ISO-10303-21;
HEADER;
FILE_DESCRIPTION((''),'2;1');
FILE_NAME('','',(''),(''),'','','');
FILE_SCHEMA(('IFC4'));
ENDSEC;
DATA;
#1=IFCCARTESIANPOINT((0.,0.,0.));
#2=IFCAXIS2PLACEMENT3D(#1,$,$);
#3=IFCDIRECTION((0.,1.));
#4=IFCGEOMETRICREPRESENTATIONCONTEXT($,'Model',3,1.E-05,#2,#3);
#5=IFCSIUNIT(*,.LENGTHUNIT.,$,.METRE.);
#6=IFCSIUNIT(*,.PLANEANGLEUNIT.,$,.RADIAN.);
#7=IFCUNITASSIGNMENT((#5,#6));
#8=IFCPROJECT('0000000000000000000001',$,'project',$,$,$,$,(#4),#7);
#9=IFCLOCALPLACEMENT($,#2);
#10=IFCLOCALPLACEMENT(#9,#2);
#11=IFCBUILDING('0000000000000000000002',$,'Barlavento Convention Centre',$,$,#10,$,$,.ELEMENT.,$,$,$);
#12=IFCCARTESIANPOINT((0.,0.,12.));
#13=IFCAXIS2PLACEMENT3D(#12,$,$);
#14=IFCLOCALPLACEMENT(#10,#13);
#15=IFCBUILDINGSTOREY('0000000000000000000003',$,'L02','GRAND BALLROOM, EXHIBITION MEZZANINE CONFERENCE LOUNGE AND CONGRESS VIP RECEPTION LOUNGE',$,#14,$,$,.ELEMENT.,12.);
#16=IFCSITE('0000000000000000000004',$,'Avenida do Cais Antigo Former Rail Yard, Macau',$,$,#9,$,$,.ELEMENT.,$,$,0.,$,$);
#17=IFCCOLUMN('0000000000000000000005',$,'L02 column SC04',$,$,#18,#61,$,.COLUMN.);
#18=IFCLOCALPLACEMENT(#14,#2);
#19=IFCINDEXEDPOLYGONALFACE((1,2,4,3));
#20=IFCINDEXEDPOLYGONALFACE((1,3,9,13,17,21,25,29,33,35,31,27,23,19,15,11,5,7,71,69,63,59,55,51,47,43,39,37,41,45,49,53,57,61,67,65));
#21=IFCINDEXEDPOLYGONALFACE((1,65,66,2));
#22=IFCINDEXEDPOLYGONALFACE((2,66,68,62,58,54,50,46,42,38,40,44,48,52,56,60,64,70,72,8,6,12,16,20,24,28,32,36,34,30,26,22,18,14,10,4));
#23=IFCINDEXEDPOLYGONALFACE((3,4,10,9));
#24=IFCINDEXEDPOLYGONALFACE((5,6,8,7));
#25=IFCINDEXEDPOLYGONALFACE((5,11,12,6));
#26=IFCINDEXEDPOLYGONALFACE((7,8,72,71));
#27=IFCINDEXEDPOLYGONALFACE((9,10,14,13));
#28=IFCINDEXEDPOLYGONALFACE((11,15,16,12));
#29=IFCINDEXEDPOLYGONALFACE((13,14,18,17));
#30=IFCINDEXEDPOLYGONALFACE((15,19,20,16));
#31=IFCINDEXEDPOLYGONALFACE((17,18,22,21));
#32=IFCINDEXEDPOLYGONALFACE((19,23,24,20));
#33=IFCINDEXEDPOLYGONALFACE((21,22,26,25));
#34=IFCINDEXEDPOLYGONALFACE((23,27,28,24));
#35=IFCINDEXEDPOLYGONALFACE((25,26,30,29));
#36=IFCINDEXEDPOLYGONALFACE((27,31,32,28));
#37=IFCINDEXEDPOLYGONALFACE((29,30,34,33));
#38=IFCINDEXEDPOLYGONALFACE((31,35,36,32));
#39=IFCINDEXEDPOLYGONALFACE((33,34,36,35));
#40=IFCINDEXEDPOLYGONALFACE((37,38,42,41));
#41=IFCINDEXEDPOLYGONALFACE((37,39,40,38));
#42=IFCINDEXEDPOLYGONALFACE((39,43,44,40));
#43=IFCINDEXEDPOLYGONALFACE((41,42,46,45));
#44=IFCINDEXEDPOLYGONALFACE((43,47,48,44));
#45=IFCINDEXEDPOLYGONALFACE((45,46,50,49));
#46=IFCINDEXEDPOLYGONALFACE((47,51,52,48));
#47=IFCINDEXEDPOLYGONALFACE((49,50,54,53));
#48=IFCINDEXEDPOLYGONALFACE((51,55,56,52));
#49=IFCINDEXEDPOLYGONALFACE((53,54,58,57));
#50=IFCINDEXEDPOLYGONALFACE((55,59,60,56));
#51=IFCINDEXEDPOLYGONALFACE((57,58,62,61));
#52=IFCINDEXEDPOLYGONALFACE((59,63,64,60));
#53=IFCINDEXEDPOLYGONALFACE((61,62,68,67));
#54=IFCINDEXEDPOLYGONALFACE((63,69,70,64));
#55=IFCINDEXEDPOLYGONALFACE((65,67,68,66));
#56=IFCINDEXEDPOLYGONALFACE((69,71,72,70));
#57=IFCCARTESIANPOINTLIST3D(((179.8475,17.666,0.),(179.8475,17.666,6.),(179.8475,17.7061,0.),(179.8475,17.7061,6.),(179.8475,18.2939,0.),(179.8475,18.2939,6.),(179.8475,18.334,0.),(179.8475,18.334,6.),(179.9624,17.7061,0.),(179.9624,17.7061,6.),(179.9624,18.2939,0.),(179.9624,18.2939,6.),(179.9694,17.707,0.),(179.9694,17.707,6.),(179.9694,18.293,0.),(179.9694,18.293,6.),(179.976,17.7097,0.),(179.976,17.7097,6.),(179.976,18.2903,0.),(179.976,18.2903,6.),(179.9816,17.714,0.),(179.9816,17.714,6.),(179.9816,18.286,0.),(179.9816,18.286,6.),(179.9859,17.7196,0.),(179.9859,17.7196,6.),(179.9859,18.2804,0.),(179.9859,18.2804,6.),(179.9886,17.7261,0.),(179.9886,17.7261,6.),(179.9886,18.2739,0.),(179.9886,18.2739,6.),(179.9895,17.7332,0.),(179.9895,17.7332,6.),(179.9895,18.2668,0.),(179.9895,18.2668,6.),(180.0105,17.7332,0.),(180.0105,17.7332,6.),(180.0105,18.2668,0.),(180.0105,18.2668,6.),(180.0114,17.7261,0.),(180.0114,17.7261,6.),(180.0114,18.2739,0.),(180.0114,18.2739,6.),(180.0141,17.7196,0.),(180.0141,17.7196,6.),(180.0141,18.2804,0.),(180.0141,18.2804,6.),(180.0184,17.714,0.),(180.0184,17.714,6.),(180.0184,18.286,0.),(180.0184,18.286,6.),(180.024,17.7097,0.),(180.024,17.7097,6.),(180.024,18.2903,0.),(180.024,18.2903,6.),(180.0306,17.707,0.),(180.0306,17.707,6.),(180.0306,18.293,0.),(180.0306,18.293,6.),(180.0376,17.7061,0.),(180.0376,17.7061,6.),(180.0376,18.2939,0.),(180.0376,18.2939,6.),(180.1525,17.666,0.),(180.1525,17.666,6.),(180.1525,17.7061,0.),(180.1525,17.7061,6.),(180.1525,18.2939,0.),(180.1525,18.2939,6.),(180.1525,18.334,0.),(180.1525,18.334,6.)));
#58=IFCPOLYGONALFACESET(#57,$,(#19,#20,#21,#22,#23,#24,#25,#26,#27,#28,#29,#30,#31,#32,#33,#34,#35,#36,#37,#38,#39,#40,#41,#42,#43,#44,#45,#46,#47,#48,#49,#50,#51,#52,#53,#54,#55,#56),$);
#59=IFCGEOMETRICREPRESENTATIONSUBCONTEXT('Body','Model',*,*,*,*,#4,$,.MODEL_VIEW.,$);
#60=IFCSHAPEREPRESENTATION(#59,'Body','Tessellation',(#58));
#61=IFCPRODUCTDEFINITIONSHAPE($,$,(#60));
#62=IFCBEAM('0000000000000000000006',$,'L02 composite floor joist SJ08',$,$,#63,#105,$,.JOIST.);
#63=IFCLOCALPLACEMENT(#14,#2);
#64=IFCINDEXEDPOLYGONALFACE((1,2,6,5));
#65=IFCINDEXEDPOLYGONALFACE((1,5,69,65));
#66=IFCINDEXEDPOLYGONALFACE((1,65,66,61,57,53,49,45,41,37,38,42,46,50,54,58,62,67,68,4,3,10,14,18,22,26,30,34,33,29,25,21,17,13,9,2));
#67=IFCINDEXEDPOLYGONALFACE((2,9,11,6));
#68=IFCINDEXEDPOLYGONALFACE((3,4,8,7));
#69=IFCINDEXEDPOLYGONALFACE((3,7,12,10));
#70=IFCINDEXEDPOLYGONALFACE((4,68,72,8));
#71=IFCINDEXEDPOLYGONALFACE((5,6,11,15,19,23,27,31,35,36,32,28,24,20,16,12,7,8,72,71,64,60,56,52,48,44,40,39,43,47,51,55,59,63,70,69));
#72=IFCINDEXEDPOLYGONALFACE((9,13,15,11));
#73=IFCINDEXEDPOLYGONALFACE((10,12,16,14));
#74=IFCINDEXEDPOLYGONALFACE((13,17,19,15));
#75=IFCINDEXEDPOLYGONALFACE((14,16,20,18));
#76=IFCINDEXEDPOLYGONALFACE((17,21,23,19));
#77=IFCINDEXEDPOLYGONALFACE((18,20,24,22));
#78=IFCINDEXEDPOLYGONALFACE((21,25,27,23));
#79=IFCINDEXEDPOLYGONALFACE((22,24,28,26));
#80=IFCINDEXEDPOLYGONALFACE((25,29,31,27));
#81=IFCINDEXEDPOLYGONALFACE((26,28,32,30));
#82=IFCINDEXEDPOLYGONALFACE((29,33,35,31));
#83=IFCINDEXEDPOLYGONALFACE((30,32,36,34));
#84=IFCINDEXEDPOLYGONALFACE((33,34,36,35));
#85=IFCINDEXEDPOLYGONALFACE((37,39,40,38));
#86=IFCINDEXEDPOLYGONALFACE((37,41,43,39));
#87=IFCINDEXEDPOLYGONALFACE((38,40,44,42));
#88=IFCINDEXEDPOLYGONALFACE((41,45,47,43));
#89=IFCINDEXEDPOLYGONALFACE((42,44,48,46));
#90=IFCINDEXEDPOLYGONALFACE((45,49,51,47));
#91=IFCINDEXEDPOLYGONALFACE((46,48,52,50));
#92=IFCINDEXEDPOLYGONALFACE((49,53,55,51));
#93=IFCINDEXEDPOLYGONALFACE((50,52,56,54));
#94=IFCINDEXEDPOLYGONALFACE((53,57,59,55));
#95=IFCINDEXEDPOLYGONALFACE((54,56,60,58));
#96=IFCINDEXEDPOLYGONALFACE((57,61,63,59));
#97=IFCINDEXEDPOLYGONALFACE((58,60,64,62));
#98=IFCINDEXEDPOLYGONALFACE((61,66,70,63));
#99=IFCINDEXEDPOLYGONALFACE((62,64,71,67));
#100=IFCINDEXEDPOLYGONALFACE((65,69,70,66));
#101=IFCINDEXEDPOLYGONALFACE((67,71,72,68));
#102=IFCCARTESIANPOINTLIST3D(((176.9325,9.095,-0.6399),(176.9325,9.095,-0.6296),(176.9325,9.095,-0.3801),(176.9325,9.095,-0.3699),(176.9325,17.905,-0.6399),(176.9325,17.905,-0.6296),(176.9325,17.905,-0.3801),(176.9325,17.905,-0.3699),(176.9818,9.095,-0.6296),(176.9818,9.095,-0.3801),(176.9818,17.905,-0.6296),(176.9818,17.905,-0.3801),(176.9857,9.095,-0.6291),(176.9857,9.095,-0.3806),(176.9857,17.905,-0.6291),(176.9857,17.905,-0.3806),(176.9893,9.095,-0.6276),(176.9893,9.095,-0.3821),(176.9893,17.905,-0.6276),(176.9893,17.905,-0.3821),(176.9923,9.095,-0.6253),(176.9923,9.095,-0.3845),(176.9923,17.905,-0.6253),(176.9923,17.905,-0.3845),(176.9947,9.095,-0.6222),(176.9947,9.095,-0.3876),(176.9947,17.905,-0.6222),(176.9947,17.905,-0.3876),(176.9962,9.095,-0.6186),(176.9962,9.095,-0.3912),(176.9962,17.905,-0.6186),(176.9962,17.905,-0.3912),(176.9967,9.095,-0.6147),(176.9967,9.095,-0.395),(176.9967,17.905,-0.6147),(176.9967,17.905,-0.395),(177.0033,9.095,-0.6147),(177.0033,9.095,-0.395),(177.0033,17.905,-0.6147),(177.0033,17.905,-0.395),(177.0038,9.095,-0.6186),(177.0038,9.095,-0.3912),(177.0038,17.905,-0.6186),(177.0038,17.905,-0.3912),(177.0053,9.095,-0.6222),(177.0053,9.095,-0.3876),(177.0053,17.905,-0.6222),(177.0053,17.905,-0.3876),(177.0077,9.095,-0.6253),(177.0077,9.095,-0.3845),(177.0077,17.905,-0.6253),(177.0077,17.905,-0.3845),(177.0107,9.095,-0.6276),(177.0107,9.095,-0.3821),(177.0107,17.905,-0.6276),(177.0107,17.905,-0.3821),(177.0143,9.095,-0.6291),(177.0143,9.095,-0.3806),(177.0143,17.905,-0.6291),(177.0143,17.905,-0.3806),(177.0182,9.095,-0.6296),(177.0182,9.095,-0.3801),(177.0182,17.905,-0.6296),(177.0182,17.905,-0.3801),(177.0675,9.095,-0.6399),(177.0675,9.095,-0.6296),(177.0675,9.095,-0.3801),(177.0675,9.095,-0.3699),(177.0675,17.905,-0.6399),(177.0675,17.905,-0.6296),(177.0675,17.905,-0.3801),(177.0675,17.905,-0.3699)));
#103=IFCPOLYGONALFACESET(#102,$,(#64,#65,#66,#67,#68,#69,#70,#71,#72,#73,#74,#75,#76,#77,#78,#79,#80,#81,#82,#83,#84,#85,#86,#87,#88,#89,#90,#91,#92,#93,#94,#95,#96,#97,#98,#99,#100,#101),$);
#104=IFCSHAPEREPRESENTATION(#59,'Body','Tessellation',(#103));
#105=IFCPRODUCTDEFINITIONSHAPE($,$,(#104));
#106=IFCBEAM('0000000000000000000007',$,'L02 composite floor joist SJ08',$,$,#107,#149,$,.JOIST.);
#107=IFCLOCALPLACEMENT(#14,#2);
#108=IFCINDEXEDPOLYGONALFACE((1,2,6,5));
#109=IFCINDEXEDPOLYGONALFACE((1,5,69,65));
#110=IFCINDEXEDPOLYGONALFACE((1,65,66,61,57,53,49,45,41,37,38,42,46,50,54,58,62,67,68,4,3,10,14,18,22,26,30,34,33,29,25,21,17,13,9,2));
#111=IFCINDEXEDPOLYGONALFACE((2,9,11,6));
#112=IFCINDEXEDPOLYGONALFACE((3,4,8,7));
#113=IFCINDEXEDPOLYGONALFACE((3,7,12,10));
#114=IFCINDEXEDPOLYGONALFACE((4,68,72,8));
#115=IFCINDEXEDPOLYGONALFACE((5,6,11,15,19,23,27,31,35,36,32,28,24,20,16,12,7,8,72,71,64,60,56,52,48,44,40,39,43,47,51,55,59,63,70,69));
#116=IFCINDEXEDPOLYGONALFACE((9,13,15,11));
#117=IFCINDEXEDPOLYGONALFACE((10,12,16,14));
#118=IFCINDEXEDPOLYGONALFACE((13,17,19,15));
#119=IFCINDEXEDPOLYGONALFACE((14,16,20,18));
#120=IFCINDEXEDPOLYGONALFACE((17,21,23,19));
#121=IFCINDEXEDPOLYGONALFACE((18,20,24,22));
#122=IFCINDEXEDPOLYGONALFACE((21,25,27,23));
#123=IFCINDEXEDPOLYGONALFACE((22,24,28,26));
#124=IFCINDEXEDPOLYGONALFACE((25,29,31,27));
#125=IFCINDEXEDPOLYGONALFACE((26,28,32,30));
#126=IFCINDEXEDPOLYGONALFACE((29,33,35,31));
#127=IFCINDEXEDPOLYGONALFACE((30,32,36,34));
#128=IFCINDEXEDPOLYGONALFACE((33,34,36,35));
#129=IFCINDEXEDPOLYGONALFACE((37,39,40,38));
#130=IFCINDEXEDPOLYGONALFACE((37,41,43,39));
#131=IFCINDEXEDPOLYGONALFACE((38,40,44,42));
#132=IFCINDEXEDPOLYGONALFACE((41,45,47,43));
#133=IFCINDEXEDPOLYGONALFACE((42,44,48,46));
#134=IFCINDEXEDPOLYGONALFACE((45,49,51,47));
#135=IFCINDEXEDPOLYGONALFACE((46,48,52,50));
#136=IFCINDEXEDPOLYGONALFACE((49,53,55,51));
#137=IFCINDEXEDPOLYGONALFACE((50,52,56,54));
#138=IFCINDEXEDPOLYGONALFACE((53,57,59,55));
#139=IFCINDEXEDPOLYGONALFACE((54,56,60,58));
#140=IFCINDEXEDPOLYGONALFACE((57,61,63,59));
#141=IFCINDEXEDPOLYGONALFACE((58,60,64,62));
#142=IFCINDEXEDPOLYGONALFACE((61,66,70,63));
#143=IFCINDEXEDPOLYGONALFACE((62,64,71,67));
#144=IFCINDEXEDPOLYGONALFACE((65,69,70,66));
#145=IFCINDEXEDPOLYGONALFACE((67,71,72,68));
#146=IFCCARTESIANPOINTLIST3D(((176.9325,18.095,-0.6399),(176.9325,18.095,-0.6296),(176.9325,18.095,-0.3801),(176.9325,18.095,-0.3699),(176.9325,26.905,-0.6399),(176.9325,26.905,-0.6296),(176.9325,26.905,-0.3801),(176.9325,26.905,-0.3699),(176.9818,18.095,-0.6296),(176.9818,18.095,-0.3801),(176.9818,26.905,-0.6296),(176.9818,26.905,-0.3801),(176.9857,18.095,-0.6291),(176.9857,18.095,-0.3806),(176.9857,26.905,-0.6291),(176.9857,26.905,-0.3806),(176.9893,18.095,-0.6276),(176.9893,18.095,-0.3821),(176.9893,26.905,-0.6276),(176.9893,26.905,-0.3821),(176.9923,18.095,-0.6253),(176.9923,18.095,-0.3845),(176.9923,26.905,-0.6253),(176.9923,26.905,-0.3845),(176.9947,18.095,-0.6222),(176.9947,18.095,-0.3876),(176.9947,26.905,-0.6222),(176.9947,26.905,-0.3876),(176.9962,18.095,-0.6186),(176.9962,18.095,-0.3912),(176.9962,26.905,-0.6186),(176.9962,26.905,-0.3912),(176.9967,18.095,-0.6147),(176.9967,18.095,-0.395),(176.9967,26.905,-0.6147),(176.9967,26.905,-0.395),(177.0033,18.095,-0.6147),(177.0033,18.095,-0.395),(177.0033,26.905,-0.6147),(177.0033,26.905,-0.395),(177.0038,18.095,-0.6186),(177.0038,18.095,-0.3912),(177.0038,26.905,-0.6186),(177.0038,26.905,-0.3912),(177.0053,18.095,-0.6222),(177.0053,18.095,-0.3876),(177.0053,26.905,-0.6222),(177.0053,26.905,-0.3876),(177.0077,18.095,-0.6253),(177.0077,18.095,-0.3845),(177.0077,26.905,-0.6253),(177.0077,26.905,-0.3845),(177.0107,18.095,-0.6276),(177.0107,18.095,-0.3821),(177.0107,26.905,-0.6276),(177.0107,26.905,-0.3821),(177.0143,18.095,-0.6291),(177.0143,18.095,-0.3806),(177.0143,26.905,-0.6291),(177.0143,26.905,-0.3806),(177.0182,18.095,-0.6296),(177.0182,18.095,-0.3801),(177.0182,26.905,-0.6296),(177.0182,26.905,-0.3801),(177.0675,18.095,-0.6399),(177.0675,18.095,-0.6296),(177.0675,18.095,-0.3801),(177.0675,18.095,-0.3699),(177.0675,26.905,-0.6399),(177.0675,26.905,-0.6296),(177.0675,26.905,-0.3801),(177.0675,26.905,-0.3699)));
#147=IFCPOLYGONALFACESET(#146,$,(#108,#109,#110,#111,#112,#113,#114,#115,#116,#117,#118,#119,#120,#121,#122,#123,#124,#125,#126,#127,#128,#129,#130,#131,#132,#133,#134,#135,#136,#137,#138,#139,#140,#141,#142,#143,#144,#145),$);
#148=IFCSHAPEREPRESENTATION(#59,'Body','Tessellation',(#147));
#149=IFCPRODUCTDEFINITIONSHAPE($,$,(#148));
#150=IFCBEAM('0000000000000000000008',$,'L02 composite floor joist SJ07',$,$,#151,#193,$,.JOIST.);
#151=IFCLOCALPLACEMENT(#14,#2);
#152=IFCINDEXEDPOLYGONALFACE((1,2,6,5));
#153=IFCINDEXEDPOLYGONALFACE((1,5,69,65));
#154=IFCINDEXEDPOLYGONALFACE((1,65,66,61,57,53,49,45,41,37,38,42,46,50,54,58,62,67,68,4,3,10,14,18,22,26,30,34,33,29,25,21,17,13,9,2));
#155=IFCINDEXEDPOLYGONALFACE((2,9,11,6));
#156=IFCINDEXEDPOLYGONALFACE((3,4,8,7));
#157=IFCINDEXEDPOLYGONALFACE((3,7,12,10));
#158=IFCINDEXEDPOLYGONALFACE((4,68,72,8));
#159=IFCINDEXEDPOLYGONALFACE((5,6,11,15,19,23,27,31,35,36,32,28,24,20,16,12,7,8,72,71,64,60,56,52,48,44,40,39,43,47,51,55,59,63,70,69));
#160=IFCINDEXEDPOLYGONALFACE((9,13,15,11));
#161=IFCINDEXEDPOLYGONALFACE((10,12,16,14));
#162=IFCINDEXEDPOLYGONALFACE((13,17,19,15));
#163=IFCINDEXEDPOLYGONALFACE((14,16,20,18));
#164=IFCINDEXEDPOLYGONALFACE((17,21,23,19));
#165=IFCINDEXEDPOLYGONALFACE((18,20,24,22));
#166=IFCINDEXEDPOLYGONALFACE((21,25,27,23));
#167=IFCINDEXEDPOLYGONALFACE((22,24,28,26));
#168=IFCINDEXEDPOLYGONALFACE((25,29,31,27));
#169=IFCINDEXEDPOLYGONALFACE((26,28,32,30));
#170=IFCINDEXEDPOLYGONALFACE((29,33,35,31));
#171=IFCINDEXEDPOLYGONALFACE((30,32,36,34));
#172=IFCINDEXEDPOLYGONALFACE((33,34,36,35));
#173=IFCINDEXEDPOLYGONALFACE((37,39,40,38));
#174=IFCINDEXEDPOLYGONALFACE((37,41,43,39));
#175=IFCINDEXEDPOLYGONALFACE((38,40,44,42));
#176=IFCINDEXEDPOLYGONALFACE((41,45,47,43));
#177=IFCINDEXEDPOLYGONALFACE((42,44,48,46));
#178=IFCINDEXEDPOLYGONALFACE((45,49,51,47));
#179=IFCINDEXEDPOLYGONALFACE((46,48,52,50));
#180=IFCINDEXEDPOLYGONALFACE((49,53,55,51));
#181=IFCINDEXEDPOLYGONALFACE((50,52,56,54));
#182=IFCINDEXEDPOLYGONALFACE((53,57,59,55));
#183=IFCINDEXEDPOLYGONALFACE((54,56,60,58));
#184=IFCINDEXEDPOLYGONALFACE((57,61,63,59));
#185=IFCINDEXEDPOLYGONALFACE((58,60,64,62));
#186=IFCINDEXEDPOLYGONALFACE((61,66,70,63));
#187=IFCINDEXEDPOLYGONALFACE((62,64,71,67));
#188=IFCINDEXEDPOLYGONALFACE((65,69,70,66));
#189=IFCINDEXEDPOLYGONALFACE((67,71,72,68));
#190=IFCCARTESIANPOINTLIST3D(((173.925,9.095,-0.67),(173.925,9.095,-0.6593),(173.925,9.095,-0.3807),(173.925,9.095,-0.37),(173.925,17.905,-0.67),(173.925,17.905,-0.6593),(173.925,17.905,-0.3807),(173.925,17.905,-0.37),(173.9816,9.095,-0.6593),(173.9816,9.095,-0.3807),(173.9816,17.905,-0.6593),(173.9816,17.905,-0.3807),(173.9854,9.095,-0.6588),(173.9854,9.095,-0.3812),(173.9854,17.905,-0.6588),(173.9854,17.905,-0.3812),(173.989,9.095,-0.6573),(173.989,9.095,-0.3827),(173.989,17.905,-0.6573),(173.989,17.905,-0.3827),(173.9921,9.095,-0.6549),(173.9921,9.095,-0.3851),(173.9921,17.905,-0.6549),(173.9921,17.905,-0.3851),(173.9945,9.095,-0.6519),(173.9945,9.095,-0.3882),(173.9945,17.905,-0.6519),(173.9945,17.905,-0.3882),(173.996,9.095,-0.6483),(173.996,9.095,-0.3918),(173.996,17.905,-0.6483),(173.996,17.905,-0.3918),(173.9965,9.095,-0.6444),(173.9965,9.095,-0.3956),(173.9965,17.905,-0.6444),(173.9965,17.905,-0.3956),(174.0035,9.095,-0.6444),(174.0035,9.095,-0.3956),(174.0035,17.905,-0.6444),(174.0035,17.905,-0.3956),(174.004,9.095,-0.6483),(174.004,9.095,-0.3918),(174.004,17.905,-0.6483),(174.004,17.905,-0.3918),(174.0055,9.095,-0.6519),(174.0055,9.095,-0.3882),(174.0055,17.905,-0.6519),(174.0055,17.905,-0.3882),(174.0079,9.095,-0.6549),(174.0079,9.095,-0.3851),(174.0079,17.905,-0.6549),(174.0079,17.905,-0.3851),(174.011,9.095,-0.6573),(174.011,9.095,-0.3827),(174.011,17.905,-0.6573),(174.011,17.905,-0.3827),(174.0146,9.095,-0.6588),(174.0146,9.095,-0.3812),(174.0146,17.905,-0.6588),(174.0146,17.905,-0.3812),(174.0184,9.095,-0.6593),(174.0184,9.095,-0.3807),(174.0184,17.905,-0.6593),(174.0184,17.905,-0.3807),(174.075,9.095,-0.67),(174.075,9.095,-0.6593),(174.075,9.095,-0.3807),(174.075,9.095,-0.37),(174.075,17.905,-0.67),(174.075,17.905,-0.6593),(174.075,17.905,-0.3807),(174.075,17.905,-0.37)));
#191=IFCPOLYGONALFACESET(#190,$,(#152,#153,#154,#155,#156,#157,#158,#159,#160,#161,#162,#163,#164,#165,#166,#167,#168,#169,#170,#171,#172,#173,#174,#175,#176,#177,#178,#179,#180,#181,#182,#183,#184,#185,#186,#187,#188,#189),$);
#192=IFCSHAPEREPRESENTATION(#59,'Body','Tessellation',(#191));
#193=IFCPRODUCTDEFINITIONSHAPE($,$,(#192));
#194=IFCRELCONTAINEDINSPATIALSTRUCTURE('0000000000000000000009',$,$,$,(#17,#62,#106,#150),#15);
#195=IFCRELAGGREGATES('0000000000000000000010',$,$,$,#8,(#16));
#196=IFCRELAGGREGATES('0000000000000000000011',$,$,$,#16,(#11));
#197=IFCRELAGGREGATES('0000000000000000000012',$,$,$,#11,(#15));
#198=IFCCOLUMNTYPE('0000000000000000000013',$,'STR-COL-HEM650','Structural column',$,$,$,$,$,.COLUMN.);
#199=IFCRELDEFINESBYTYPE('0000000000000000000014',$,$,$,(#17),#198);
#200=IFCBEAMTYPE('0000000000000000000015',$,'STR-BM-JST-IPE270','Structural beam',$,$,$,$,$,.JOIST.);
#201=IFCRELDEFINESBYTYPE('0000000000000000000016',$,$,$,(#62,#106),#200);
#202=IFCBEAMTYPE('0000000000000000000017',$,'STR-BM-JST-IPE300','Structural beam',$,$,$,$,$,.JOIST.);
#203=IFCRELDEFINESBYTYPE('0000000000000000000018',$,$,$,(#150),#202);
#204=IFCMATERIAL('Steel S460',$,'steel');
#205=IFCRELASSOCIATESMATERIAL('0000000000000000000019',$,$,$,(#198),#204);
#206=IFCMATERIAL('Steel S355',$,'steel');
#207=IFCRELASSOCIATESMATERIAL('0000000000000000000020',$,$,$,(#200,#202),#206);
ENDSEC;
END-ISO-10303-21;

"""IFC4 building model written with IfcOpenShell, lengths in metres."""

from ifc_helpers import new_model, si_unit, direction, frame, origin, origin_2d, place, context, subcontext, project, spatial, i_section, extrude, material, material_profile, profile_set, type_object, element, save


model = new_model("IFC4")

# Units and contexts
model_context = context("Model", 3, precision=1e-05, world=origin(), true_north=direction((0.0, 1.0)))
body_context = subcontext(model_context, "Body", "Model", "MODEL_VIEW")
ifc_project = project(units=[si_unit("LENGTHUNIT", "METRE"), si_unit("PLANEANGLEUNIT", "RADIAN")], contexts=[model_context])

# Site, building, storey
site_placement = place(None, origin())
site = spatial("IfcSite", under=ifc_project, at=site_placement, Name="Avenida do Cais Antigo Former Rail Yard, Macau", CompositionType="ELEMENT", RefElevation=0.0)
building_placement = place(site_placement, origin())
building = spatial("IfcBuilding", under=site, at=building_placement, Name="Barlavento Convention Centre", CompositionType="ELEMENT")
storey_placement = place(building_placement, frame((0.0, 0.0, 12.0)))
storey = spatial("IfcBuildingStorey", under=building, at=storey_placement, Name="L02", Description="GRAND BALLROOM, EXHIBITION MEZZANINE CONFERENCE LOUNGE AND CONGRESS VIP RECEPTION LOUNGE", CompositionType="ELEMENT", Elevation=12.0)

# Column
ifc_material_1 = material(Name="Steel S355", Category="steel")
ifc_material_2 = material(Name="Steel S460", Category="steel")
ifc_material_profile_1 = material_profile(ifc_material_2, i_section(OverallWidth=0.3049, OverallDepth=0.668, WebThickness=0.021, FlangeThickness=0.04, FilletRadius=0.0271, at=origin_2d()), Name="HEM 650")
ifc_profile_set_1 = profile_set([ifc_material_profile_1], Name="Steel S460")
column_type_1 = type_object("IfcColumnType", Name="STR-COL-HEM650", Description="Structural column", PredefinedType="COLUMN", material=ifc_profile_set_1)
for number, where, z_axis, x_axis, name in (
    (1, (180.0, 18.0, 0.0), (0.0, 0.0, 1.0), (1.0, 0.0, 0.0), "L02 column SC04"),
):
    element("IfcColumn", number, at=place(storey_placement, frame(where, z_axis=z_axis, x_axis=x_axis)), inside=storey, type_object=column_type_1, Name=name, PredefinedType="COLUMN", context=body_context, shape_type="SweptSolid", body=[
        extrude(i_section(OverallWidth=0.3049, OverallDepth=0.668, WebThickness=0.021, FlangeThickness=0.04, FilletRadius=0.0271, at=origin_2d()), origin(), (0.0, 0.0, 1.0), 6.0),
    ])

# Beams
ifc_material_profile_2 = material_profile(ifc_material_1, i_section(OverallWidth=0.135, OverallDepth=0.27, WebThickness=0.0066, FlangeThickness=0.0103, FilletRadius=0.0149, at=origin_2d()), Name="IPE 270")
ifc_profile_set_2 = profile_set([ifc_material_profile_2], Name="Steel S355")
beam_type_1 = type_object("IfcBeamType", Name="STR-BM-JST-IPE270", Description="Structural beam", PredefinedType="JOIST", material=ifc_profile_set_2)
for number, where, z_axis, x_axis, name in (
    (2, (177.0, 9.095, -0.5049), (0.0, 1.0, 0.0), (-1.0, 0.0, 0.0), "L02 composite floor joist SJ08"),
    (3, (177.0, 18.095, -0.5049), (0.0, 1.0, 0.0), (-1.0, 0.0, 0.0), "L02 composite floor joist SJ08"),
):
    element("IfcBeam", number, at=place(storey_placement, frame(where, z_axis=z_axis, x_axis=x_axis)), inside=storey, type_object=beam_type_1, Name=name, PredefinedType="JOIST", context=body_context, shape_type="SweptSolid", body=[
        extrude(i_section(OverallWidth=0.135, OverallDepth=0.27, WebThickness=0.0066, FlangeThickness=0.0103, FilletRadius=0.0149, at=origin_2d()), origin(), (0.0, 0.0, 1.0), 8.8101),
    ])
ifc_material_profile_3 = material_profile(ifc_material_1, i_section(OverallWidth=0.1499, OverallDepth=0.3, WebThickness=0.0071, FlangeThickness=0.0107, FilletRadius=0.0149, at=origin_2d()), Name="IPE 300")
ifc_profile_set_3 = profile_set([ifc_material_profile_3], Name="Steel S355")
beam_type_2 = type_object("IfcBeamType", Name="STR-BM-JST-IPE300", Description="Structural beam", PredefinedType="JOIST", material=ifc_profile_set_3)
for number, where, z_axis, x_axis, name in (
    (4, (174.0, 9.095, -0.52), (0.0, 1.0, 0.0), (-1.0, 0.0, 0.0), "L02 composite floor joist SJ07"),
):
    element("IfcBeam", number, at=place(storey_placement, frame(where, z_axis=z_axis, x_axis=x_axis)), inside=storey, type_object=beam_type_2, Name=name, PredefinedType="JOIST", context=body_context, shape_type="SweptSolid", body=[
        extrude(i_section(OverallWidth=0.1499, OverallDepth=0.3, WebThickness=0.0071, FlangeThickness=0.0107, FilletRadius=0.0149, at=origin_2d()), origin(), (0.0, 0.0, 1.0), 8.8101),
    ])

save(model, "model.ifc")
